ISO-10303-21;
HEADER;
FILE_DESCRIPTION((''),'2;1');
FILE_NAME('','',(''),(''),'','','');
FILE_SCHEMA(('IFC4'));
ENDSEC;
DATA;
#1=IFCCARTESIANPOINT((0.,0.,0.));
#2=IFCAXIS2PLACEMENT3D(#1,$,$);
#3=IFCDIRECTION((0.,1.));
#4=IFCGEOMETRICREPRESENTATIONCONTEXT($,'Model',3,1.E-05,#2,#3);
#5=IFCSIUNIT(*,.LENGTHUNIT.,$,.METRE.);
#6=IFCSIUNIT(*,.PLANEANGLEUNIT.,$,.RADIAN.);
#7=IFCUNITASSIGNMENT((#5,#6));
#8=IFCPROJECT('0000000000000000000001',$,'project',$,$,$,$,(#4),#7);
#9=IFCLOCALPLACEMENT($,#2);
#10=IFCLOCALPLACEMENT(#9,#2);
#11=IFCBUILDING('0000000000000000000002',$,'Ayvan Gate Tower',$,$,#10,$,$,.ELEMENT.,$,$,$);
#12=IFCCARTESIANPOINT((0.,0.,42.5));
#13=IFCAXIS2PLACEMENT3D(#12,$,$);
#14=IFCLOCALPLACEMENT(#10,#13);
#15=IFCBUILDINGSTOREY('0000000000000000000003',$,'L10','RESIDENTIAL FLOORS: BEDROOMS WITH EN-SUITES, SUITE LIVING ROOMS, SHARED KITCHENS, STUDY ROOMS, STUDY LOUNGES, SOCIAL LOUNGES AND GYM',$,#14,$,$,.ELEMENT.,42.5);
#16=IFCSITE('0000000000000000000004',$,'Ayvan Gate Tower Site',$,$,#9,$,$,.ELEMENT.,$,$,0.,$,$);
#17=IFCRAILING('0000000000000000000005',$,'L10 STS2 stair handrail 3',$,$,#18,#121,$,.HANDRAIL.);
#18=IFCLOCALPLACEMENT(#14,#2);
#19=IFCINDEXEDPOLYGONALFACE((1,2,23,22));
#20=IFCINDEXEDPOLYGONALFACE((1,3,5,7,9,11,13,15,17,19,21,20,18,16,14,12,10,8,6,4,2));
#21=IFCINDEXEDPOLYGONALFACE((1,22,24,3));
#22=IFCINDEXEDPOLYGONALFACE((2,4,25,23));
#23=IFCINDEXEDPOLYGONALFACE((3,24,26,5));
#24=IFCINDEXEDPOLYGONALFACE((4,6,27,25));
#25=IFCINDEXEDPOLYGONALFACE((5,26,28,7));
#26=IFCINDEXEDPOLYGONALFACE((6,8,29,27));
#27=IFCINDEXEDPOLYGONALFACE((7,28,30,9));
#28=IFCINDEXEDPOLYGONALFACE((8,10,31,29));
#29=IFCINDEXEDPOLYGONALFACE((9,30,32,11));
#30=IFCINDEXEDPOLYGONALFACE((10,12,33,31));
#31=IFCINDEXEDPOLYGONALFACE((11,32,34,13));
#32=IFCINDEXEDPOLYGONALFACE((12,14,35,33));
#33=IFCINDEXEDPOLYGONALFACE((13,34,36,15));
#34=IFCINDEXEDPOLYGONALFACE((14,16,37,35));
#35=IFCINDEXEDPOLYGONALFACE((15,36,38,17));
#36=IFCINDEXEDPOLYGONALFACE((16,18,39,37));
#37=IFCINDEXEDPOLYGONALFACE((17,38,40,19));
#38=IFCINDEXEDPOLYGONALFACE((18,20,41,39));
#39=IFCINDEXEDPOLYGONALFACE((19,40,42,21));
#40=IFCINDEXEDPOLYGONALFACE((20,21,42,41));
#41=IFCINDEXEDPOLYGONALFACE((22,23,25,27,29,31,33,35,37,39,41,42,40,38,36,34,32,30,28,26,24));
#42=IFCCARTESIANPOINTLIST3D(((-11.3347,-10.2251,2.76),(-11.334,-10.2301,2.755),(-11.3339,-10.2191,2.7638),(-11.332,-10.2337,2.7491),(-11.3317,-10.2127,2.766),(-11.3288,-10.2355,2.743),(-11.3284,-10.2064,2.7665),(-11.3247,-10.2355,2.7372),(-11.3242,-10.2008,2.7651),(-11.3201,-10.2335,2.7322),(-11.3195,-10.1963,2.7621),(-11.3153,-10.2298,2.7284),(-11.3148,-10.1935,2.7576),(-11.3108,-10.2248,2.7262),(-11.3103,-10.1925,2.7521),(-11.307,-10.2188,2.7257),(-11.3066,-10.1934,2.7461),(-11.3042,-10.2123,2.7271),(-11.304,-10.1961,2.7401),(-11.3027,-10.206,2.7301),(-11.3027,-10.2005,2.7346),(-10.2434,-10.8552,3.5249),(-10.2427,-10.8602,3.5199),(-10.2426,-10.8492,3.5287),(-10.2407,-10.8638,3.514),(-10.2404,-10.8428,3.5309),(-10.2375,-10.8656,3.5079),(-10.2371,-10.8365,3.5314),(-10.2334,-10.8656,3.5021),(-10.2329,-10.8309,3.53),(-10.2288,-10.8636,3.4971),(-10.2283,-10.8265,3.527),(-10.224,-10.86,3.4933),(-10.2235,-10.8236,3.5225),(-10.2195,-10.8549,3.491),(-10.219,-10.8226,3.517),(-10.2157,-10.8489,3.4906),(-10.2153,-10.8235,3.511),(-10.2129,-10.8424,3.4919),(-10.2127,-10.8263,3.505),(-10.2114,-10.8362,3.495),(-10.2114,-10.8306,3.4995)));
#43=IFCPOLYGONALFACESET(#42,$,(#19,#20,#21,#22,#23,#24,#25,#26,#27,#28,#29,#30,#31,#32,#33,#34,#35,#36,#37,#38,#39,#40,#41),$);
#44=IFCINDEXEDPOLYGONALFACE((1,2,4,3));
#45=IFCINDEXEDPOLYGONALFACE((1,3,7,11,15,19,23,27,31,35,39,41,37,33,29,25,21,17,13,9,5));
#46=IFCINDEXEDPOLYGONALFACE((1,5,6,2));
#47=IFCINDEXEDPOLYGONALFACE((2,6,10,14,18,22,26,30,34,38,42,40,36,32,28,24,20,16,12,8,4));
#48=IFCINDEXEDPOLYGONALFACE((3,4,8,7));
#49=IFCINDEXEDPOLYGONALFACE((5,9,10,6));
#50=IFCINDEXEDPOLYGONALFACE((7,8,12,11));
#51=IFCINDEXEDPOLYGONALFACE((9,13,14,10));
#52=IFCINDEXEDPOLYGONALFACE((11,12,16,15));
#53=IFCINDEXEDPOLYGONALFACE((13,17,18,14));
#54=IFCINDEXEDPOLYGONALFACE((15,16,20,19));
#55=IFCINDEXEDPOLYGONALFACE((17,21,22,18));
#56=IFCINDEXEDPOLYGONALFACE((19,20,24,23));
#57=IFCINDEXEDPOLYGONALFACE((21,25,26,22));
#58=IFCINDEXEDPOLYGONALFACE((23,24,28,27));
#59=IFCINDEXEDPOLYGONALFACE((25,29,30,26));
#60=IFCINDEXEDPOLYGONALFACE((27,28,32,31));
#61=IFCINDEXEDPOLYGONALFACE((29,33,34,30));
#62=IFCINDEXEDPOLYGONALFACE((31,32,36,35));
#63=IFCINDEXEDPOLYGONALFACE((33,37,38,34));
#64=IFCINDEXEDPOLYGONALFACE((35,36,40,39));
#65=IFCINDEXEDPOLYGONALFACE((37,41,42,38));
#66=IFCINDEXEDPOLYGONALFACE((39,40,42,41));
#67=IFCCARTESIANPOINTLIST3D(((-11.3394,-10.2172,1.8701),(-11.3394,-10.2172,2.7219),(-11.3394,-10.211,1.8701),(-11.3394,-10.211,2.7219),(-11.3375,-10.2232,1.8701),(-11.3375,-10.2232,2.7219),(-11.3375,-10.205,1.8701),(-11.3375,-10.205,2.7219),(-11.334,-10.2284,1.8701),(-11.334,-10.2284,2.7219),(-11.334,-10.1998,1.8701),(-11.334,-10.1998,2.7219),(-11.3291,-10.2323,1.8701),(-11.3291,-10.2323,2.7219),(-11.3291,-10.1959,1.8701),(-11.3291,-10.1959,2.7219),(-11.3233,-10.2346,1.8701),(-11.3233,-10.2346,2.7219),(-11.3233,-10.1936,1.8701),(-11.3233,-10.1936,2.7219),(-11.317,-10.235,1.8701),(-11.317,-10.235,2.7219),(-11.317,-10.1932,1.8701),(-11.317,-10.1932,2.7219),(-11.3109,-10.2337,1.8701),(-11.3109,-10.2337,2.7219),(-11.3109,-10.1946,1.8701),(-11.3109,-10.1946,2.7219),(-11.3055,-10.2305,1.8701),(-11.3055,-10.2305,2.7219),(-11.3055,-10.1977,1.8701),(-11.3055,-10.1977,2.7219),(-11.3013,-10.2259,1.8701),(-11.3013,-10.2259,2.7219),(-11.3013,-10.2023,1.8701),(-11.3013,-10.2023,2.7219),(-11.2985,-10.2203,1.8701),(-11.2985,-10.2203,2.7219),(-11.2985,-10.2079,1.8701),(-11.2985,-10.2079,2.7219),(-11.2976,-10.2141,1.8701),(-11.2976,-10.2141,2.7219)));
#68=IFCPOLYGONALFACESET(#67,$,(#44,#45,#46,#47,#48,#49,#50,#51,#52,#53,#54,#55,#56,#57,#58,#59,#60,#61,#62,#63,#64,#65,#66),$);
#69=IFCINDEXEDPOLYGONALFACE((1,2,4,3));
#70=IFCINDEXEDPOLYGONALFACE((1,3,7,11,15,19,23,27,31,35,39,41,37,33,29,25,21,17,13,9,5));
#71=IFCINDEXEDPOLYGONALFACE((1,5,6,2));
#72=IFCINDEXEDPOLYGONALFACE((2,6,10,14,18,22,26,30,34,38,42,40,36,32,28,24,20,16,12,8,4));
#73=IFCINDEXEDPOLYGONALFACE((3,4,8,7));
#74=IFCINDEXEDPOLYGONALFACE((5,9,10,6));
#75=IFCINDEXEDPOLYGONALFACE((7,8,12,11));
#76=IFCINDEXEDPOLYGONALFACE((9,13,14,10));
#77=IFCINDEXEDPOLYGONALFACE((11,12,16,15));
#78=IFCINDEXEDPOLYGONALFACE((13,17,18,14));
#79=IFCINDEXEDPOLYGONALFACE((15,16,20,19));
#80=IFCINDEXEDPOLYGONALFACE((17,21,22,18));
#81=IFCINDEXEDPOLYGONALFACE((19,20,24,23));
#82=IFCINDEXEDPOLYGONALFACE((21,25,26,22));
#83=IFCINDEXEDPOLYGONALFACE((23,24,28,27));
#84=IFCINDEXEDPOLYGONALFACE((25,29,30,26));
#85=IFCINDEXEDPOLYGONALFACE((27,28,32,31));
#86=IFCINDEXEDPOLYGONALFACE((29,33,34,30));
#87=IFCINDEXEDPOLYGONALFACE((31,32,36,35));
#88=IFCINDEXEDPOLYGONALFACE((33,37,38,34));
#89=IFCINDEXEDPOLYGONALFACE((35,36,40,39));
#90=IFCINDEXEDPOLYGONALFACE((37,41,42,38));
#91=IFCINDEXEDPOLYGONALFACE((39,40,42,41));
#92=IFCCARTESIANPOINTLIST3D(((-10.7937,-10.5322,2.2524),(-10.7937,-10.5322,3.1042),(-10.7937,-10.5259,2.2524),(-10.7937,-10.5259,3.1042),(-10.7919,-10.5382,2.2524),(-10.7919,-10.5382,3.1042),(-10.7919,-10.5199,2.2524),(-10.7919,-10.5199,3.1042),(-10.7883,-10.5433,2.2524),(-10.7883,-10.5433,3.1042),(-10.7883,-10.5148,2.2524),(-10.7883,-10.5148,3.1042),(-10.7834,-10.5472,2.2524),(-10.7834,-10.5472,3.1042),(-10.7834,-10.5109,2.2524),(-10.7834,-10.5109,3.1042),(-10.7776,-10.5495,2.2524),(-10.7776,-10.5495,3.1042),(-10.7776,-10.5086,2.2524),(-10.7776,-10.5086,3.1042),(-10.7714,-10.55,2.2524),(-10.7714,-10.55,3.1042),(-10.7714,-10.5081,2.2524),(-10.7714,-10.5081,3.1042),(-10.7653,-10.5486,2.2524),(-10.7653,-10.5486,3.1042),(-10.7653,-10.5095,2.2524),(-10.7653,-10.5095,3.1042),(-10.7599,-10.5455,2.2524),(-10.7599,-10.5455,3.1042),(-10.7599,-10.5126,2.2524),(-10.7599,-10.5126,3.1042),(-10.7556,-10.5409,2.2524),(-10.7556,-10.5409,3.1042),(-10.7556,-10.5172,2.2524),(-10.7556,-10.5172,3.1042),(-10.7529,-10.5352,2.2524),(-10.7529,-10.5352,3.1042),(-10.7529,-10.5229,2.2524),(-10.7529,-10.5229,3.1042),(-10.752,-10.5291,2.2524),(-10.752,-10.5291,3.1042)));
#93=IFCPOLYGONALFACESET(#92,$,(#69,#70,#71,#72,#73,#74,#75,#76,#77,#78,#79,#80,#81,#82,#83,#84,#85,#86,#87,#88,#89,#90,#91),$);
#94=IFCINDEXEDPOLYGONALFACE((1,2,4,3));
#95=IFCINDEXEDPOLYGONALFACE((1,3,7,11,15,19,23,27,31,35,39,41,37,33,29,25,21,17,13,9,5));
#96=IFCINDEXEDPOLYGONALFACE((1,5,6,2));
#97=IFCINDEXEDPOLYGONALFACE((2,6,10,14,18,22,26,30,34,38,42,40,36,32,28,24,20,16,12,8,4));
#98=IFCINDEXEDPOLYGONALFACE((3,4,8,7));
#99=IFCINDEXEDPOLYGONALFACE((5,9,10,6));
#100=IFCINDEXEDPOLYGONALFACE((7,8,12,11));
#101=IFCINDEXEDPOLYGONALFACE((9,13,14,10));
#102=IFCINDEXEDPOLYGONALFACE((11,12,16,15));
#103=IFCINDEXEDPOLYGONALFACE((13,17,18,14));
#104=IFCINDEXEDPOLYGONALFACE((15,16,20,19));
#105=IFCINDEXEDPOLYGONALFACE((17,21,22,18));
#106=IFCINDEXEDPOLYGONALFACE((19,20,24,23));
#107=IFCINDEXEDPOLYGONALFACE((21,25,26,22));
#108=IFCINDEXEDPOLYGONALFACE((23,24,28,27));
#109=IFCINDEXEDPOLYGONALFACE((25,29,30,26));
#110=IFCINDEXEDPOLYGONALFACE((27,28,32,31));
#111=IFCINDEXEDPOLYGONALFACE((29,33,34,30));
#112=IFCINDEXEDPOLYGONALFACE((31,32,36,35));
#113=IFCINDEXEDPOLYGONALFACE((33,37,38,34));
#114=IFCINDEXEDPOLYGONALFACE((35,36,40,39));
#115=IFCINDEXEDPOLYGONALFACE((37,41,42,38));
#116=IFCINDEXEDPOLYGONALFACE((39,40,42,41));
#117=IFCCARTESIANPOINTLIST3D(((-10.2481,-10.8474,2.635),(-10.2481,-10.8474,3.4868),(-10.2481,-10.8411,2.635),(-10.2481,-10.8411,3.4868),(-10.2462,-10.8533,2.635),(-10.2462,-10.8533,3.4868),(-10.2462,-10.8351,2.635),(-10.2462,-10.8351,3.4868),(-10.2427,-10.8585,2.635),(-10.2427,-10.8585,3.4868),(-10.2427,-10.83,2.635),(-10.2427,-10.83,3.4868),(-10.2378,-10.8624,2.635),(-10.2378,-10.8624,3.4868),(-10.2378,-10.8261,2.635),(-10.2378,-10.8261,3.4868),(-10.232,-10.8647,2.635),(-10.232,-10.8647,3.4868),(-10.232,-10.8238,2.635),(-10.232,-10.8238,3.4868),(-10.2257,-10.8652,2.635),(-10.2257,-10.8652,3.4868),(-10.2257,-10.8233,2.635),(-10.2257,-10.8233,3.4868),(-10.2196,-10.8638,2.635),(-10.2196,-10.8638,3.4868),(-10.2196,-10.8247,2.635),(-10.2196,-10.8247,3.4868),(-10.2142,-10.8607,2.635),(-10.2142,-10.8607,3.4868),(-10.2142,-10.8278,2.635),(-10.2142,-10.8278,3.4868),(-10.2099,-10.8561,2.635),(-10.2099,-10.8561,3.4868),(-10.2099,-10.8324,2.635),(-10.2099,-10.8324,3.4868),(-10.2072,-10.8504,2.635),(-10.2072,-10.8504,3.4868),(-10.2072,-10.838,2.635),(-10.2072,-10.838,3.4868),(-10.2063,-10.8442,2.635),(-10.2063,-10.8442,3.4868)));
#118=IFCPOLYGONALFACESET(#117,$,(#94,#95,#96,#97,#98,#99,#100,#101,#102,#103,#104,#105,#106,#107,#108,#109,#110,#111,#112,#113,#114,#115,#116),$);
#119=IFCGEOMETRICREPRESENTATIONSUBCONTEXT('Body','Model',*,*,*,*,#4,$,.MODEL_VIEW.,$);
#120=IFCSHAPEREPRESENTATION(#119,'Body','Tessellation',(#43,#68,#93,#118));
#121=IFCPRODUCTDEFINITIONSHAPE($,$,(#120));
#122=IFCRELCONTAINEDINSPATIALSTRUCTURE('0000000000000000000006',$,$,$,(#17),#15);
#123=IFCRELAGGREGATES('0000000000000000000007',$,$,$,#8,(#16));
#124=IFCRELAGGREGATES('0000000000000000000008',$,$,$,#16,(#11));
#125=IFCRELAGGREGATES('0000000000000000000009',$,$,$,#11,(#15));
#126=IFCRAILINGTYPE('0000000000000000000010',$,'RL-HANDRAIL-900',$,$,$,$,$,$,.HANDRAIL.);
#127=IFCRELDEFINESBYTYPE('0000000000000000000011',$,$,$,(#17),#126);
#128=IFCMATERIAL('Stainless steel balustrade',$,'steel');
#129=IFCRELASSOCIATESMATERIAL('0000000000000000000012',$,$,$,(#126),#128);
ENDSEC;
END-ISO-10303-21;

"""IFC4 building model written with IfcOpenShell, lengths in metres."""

from ifc_helpers import new_model, si_unit, direction, frame, origin, origin_2d, place, context, subcontext, project, spatial, circle, extrude, material, type_object, element, save


model = new_model("IFC4")

# Units and contexts
model_context = context("Model", 3, precision=1e-05, world=origin(), true_north=direction((0.0, 1.0)))
body_context = subcontext(model_context, "Body", "Model", "MODEL_VIEW")
ifc_project = project(units=[si_unit("LENGTHUNIT", "METRE"), si_unit("PLANEANGLEUNIT", "RADIAN")], contexts=[model_context])

# Site, building, storey
site_placement = place(None, origin())
site = spatial("IfcSite", under=ifc_project, at=site_placement, Name="Ayvan Gate Tower Site", CompositionType="ELEMENT", RefElevation=0.0)
building_placement = place(site_placement, origin())
building = spatial("IfcBuilding", under=site, at=building_placement, Name="Ayvan Gate Tower", CompositionType="ELEMENT")
storey_placement = place(building_placement, frame((0.0, 0.0, 42.5)))
storey = spatial("IfcBuildingStorey", under=building, at=storey_placement, Name="L10", Description="RESIDENTIAL FLOORS: BEDROOMS WITH EN-SUITES, SUITE LIVING ROOMS, SHARED KITCHENS, STUDY ROOMS, STUDY LOUNGES, SOCIAL LOUNGES AND GYM", CompositionType="ELEMENT", Elevation=42.5)

# Railing
ifc_material_1 = material(Name="Stainless steel balustrade", Category="steel")
railing_type_1 = type_object("IfcRailingType", Name="RL-HANDRAIL-900", PredefinedType="HANDRAIL", material=ifc_material_1)
railing_1_placement = place(storey_placement, frame((-11.3186, -10.2141, 1.8701)))
element("IfcRailing", 1, at=railing_1_placement, inside=storey, type_object=railing_type_1, Name="L10 STS2 stair handrail 3", PredefinedType="HANDRAIL", context=body_context, shape_type="SweptSolid", body=[
    extrude(circle(Radius=0.0239, at=origin_2d()), frame((0.0, 0.0, 0.876), z_axis=(0.740304, -0.427455, 0.518875), x_axis=(0.500035, 0.866005, 0.0)), (0.0, 0.0, 1.0), 1.4741),
    extrude(circle(Radius=0.021, at=origin_2d()), origin(), (0.0, 0.0, 1.0), 0.8518),
    extrude(circle(Radius=0.021, at=origin_2d()), frame((0.5457, -0.3149, 0.3823)), (0.0, 0.0, 1.0), 0.8518),
    extrude(circle(Radius=0.021, at=origin_2d()), frame((1.0913, -0.6301, 0.7649)), (0.0, 0.0, 1.0), 0.8518),
])

save(model, "model.ifc")
